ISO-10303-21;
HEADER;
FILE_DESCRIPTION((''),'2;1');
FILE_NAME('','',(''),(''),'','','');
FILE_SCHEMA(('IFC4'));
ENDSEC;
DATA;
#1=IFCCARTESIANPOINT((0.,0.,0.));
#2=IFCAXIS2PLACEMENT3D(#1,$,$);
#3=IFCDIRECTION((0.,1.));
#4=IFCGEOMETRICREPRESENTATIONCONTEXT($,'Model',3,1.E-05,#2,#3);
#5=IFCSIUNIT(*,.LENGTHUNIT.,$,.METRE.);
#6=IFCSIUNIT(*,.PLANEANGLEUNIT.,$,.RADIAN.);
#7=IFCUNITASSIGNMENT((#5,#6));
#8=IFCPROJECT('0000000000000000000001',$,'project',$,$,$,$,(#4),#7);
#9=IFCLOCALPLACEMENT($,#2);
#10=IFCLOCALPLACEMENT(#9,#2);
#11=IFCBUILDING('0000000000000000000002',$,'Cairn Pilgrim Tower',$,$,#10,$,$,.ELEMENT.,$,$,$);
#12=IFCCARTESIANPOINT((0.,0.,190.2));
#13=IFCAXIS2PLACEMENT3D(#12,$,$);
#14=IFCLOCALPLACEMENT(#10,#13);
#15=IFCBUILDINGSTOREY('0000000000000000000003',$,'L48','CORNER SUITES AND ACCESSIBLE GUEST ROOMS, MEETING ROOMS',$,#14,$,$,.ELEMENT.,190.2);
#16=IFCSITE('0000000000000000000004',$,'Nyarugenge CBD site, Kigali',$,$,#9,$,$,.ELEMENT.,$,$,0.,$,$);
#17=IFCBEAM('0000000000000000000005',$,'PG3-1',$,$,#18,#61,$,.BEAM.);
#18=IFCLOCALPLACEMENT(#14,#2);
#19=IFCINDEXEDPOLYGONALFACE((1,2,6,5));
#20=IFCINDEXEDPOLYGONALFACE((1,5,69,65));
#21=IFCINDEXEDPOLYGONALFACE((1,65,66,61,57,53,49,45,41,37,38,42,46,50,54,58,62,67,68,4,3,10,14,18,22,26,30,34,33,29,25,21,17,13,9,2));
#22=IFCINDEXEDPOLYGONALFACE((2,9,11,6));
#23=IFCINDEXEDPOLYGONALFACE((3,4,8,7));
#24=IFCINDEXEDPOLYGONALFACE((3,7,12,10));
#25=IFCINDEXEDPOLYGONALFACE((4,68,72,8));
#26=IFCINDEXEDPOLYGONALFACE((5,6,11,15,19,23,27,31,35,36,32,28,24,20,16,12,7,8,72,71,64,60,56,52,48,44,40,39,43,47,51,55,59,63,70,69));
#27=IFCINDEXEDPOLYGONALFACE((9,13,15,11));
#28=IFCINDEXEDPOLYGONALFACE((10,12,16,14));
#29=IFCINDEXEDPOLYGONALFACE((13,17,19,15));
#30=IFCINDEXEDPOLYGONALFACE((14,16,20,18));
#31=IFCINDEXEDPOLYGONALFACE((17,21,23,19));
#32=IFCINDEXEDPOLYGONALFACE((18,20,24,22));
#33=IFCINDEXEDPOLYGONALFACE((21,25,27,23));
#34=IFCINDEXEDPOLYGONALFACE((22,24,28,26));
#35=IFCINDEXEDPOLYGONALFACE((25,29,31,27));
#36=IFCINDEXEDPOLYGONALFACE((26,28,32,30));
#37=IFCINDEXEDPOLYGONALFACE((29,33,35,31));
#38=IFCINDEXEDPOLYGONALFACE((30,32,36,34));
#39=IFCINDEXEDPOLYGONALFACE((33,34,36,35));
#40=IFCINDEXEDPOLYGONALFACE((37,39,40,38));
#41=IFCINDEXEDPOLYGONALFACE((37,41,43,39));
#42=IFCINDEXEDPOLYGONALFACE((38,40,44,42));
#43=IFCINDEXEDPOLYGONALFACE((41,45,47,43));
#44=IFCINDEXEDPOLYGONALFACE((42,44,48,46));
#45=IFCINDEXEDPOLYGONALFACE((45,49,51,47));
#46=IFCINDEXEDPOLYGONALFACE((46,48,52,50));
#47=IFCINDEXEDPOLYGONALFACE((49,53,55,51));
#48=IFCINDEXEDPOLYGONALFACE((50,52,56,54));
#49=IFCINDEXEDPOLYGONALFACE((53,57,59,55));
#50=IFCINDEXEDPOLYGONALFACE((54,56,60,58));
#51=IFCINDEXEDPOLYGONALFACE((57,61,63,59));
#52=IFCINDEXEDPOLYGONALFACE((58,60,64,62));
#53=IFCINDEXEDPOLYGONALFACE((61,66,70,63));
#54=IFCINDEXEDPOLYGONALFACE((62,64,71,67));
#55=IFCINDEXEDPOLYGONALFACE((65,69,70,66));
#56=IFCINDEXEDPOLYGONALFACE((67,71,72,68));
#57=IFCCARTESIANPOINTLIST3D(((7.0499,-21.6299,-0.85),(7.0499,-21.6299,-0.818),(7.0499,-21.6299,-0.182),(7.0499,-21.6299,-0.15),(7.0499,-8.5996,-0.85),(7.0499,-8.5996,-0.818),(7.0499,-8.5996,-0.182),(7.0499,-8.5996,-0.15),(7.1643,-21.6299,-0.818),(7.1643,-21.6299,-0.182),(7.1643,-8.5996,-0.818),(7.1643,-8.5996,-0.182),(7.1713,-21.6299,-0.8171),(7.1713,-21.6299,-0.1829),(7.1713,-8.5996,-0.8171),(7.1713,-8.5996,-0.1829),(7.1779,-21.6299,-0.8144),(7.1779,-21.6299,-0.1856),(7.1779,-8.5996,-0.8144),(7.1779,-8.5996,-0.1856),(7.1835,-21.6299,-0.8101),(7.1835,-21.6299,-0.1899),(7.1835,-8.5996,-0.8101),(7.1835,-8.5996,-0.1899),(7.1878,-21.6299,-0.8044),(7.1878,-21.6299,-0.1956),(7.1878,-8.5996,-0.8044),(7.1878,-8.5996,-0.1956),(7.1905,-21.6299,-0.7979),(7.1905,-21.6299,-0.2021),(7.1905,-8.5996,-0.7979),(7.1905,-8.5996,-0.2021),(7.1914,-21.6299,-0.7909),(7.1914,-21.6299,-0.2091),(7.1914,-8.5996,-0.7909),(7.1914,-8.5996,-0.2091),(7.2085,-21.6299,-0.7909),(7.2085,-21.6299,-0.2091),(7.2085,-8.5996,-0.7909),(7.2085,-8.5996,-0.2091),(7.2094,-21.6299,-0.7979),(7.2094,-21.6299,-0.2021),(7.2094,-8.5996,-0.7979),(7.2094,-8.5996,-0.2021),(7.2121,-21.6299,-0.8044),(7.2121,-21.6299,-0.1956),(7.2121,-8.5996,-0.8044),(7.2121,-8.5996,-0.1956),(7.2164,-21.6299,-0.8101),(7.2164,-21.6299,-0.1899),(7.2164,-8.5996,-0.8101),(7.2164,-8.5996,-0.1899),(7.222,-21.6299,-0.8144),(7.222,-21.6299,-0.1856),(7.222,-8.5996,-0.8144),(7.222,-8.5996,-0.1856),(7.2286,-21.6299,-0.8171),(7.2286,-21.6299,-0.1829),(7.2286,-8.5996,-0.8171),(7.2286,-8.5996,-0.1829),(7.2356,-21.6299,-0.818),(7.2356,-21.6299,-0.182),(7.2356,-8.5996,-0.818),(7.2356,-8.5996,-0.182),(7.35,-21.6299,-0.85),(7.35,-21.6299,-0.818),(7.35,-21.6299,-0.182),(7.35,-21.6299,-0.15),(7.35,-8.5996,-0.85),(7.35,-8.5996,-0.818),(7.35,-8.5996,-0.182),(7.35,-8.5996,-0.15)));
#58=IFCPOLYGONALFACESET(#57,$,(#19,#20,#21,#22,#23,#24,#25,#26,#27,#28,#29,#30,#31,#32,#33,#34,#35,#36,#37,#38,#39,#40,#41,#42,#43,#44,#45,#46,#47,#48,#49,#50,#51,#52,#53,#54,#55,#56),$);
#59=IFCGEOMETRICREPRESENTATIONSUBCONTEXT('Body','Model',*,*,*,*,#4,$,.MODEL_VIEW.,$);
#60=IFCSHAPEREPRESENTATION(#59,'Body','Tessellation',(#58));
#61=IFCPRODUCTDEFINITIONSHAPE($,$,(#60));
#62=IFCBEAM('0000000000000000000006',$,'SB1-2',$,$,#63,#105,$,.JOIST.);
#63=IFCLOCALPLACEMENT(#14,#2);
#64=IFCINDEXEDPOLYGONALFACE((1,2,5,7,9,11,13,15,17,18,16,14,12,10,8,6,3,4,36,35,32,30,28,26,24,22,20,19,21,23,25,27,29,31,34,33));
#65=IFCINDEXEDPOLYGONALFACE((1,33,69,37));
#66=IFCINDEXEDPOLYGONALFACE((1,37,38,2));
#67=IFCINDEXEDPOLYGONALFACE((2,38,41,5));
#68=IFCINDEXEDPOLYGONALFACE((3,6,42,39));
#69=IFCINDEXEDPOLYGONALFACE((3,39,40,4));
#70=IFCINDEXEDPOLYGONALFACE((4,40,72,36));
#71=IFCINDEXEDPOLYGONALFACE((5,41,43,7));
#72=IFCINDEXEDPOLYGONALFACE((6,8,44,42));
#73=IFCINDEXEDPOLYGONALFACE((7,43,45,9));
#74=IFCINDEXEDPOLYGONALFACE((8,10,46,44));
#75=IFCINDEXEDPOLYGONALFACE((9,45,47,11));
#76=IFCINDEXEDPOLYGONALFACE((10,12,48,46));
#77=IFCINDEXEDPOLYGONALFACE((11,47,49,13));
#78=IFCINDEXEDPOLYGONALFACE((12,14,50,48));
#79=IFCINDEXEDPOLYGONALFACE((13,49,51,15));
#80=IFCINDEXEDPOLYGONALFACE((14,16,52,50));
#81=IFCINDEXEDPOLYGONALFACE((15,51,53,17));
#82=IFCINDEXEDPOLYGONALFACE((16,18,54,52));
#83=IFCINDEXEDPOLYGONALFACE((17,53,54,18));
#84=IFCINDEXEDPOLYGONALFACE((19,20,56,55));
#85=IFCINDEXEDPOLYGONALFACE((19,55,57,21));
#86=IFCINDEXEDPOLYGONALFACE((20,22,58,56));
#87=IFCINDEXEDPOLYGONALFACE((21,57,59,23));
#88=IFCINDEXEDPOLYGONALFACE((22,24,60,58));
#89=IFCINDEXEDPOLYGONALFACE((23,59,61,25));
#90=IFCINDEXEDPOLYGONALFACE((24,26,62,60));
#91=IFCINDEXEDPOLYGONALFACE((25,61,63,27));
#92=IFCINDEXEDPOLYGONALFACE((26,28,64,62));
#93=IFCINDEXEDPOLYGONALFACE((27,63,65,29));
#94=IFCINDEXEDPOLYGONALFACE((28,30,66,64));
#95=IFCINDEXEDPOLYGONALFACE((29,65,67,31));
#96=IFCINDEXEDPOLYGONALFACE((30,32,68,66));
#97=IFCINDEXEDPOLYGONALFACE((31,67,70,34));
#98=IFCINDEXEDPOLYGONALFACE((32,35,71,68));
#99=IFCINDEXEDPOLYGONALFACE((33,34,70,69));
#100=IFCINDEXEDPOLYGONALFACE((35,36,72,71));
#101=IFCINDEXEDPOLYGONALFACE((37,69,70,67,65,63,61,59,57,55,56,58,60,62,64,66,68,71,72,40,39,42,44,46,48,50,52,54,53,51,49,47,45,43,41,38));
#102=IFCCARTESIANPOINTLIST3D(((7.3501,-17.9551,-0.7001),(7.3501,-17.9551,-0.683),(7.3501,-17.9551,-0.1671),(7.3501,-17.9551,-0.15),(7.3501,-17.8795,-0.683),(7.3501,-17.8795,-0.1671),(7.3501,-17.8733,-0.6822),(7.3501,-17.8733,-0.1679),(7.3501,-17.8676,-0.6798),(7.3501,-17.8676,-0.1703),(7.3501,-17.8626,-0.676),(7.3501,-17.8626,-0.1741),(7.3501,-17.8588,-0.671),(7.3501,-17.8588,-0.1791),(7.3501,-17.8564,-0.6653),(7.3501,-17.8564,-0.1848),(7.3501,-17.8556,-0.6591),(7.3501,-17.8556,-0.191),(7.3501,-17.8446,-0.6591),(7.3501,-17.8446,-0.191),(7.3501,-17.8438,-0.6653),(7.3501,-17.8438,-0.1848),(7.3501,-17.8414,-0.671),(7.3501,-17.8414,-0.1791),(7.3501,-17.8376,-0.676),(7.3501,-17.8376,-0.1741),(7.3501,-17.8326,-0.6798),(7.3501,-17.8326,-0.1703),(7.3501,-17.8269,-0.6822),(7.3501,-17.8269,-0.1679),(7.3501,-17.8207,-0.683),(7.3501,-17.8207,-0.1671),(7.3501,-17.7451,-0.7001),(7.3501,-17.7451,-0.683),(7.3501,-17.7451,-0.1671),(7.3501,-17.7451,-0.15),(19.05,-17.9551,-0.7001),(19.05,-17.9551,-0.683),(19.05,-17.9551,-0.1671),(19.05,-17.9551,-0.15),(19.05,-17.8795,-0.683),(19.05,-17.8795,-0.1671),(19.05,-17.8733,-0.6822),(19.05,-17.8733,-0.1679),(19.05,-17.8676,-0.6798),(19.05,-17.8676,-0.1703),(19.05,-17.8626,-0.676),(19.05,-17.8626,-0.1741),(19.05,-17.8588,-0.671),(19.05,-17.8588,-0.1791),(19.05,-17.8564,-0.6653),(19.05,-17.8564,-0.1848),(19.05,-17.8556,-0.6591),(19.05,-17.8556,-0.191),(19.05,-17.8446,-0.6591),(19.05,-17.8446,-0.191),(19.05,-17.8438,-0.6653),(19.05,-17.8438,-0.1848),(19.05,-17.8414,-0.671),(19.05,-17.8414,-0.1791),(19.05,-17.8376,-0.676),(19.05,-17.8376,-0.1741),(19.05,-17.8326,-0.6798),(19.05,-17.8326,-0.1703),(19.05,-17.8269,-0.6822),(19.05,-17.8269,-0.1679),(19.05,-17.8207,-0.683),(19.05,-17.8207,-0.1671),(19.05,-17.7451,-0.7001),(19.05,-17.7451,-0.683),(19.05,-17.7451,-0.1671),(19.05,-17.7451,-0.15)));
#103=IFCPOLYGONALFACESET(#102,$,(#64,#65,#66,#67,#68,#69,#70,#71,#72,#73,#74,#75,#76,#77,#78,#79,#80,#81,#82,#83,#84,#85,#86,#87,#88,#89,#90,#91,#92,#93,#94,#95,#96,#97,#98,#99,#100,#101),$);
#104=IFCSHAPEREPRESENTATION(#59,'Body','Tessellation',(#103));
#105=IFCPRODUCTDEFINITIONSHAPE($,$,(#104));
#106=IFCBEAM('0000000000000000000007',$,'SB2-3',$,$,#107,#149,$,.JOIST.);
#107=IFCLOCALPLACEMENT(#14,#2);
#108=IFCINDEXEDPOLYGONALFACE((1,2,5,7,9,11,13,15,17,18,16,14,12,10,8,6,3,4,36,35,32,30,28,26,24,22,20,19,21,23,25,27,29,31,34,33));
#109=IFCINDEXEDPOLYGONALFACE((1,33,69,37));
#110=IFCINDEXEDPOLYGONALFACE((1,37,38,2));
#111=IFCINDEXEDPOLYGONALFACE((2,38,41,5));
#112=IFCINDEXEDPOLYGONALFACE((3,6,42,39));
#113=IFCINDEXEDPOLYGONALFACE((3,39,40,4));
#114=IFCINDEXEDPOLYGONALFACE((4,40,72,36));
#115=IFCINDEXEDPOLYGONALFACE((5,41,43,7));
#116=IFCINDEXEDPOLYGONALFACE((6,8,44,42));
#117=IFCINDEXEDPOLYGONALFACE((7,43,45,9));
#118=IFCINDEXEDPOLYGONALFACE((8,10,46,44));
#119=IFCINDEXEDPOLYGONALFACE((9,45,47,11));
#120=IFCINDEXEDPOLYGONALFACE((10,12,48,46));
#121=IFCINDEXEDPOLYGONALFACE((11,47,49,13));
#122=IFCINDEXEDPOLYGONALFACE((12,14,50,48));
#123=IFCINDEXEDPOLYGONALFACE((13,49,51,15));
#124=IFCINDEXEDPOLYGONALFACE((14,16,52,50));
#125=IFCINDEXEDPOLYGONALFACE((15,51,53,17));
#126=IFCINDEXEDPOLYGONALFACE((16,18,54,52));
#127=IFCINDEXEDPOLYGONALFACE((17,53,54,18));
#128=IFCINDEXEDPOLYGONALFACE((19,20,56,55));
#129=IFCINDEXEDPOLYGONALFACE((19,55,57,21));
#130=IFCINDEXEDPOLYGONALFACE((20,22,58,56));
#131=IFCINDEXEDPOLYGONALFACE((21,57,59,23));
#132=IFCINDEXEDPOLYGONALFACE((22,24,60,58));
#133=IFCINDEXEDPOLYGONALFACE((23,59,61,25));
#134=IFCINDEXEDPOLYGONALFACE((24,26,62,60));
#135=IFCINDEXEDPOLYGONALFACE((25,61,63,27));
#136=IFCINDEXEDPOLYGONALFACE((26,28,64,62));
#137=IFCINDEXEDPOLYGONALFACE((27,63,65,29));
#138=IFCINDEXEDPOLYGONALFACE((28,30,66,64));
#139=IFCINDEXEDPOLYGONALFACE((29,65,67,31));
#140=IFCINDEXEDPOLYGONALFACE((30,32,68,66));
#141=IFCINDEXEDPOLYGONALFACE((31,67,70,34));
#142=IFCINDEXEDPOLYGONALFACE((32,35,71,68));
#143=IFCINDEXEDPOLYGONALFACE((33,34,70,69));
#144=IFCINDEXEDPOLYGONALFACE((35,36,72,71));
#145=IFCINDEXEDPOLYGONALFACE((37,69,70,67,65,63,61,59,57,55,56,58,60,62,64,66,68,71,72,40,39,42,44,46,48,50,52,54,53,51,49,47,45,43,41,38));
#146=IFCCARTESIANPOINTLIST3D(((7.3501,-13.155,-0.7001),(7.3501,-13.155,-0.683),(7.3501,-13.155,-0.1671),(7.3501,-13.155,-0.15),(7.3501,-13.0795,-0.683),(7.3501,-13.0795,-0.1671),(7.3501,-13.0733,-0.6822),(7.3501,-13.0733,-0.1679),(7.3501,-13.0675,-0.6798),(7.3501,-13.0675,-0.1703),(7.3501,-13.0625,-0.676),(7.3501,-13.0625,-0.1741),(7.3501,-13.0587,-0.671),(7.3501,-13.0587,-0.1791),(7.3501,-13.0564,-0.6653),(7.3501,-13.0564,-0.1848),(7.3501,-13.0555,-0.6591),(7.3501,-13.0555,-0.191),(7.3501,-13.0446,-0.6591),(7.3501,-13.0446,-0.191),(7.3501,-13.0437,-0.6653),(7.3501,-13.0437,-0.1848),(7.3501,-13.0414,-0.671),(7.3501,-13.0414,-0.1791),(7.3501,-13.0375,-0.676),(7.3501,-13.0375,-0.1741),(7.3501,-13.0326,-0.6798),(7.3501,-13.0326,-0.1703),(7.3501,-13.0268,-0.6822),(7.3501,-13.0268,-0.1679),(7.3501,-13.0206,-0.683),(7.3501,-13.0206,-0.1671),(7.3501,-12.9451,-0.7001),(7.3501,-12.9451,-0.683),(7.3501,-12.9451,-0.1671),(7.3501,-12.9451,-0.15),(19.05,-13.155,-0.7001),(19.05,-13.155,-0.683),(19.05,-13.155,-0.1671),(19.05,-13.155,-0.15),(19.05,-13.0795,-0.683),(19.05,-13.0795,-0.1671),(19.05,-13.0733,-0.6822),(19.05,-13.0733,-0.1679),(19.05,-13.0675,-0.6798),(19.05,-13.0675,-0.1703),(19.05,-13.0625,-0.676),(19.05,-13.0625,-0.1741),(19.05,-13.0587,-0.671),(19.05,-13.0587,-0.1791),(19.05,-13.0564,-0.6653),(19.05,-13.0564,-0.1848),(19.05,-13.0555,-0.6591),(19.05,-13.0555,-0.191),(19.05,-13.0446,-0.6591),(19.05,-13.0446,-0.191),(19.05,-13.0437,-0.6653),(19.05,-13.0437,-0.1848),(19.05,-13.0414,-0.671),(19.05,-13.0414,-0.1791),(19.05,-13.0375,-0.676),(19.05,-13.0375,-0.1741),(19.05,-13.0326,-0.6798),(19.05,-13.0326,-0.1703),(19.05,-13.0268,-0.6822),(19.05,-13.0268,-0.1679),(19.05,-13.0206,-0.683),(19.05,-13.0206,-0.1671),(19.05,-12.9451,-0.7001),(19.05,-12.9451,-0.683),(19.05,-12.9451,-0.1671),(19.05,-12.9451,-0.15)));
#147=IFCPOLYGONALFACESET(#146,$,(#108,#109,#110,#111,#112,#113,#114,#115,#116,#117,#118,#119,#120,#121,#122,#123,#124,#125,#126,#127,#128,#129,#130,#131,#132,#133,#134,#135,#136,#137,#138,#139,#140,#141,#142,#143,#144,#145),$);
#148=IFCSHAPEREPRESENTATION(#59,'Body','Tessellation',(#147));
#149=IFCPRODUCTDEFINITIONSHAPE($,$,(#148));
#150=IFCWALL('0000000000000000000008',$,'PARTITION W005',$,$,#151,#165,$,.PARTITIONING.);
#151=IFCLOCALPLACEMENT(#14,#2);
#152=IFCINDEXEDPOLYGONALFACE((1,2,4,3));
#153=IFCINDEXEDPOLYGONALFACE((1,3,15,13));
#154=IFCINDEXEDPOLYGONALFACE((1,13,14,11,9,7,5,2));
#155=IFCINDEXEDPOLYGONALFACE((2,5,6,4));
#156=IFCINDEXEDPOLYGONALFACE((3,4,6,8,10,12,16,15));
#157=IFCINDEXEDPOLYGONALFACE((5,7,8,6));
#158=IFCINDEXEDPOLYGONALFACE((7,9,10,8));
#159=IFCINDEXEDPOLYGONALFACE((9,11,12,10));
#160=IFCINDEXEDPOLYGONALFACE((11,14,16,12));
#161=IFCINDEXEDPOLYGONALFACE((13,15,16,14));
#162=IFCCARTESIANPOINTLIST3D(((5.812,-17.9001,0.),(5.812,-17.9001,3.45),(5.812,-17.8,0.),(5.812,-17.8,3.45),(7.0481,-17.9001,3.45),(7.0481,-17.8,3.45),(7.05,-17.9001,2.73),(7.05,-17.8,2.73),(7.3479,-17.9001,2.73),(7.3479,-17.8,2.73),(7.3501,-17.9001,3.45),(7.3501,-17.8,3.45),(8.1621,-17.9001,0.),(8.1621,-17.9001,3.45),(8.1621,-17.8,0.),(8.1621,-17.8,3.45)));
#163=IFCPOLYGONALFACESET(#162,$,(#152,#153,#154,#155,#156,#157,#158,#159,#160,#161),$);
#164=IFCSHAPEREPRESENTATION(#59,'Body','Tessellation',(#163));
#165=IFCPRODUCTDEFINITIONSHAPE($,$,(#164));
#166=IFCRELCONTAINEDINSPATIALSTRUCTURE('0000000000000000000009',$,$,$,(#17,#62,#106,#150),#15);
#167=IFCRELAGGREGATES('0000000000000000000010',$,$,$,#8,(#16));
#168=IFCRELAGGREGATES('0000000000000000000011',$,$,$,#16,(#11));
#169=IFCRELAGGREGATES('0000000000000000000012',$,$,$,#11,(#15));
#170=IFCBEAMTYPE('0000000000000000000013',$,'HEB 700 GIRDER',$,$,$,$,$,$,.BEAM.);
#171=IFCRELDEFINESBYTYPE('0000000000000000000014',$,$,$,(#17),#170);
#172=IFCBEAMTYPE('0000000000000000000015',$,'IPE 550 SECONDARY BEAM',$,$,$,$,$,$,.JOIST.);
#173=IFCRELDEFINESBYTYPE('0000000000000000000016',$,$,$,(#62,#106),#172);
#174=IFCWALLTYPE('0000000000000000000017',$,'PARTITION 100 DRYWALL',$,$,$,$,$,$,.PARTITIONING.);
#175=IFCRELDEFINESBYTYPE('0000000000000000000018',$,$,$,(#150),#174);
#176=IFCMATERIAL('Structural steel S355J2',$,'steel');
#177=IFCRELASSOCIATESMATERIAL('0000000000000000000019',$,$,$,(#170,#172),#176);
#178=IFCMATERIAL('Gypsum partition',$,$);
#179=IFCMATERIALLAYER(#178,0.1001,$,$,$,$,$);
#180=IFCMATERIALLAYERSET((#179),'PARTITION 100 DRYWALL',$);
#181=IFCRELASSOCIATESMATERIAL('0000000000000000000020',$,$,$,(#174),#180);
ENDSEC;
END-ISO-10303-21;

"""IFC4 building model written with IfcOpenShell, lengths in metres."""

from ifc_helpers import new_model, si_unit, direction, frame, origin, origin_2d, place, context, subcontext, project, spatial, polyline, i_section, outline, extrude, material, layer, layer_set, material_profile, profile_set, type_object, element, save


model = new_model("IFC4")

# Units and contexts
model_context = context("Model", 3, precision=1e-05, world=origin(), true_north=direction((0.0, 1.0)))
body_context = subcontext(model_context, "Body", "Model", "MODEL_VIEW")
ifc_project = project(units=[si_unit("LENGTHUNIT", "METRE"), si_unit("PLANEANGLEUNIT", "RADIAN")], contexts=[model_context])

# Site, building, storey
site_placement = place(None, origin())
site = spatial("IfcSite", under=ifc_project, at=site_placement, Name="Nyarugenge CBD site, Kigali", CompositionType="ELEMENT", RefElevation=0.0)
building_placement = place(site_placement, origin())
building = spatial("IfcBuilding", under=site, at=building_placement, Name="Cairn Pilgrim Tower", CompositionType="ELEMENT")
storey_placement = place(building_placement, frame((0.0, 0.0, 190.2)))
storey = spatial("IfcBuildingStorey", under=building, at=storey_placement, Name="L48", Description="CORNER SUITES AND ACCESSIBLE GUEST ROOMS, MEETING ROOMS", CompositionType="ELEMENT", Elevation=190.2)

# Beams
ifc_material_1 = material(Name="Structural steel S355J2", Category="steel")
ifc_material_profile_1 = material_profile(ifc_material_1, i_section(OverallWidth=0.3, OverallDepth=0.7, WebThickness=0.0171, FlangeThickness=0.032, FilletRadius=0.0271, at=origin_2d()), Name="HEB 700")
ifc_profile_set_1 = profile_set([ifc_material_profile_1], Name="Structural steel S355J2")
beam_type_1 = type_object("IfcBeamType", Name="HEB 700 GIRDER", PredefinedType="BEAM", material=ifc_profile_set_1)
beam_placement = place(storey_placement, frame((7.2, -21.6299, -0.5), z_axis=(0.0, 1.0, 0.0), x_axis=(-1.0, 0.0, 0.0)))
element("IfcBeam", 1, at=beam_placement, inside=storey, type_object=beam_type_1, Name="PG3-1", PredefinedType="BEAM", context=body_context, shape_type="SweptSolid", body=[
    extrude(i_section(OverallWidth=0.3, OverallDepth=0.7, WebThickness=0.0171, FlangeThickness=0.032, FilletRadius=0.0271, at=origin_2d()), origin(), (0.0, 0.0, 1.0), 13.0303),
])
ifc_material_profile_2 = material_profile(ifc_material_1, i_section(OverallWidth=0.21, OverallDepth=0.55, WebThickness=0.011, FlangeThickness=0.0171, FilletRadius=0.0239, at=origin_2d()), Name="IPE 550")
ifc_profile_set_2 = profile_set([ifc_material_profile_2], Name="Structural steel S355J2")
beam_type_2 = type_object("IfcBeamType", Name="IPE 550 SECONDARY BEAM", PredefinedType="JOIST", material=ifc_profile_set_2)
for number, where, z_axis, x_axis, name in (
    (2, (7.3501, -17.8501, -0.425), (1.0, 0.0, 0.0), (0.0, 1.0, 0.0), "SB1-2"),
    (3, (7.3501, -13.05, -0.425), (1.0, 0.0, 0.0), (0.0, 1.0, 0.0), "SB2-3"),
):
    element("IfcBeam", number, at=place(storey_placement, frame(where, z_axis=z_axis, x_axis=x_axis)), inside=storey, type_object=beam_type_2, Name=name, PredefinedType="JOIST", context=body_context, shape_type="SweptSolid", body=[
        extrude(i_section(OverallWidth=0.21, OverallDepth=0.55, WebThickness=0.011, FlangeThickness=0.0171, FilletRadius=0.0239, at=origin_2d()), origin(), (0.0, 0.0, 1.0), 11.7),
    ])

# Wall
ifc_material_2 = material(Name="Gypsum partition")
ifc_layer_1 = layer(ifc_material_2, 0.1001)
ifc_layer_set_1 = layer_set([ifc_layer_1], Name="PARTITION 100 DRYWALL")
wall_type_1 = type_object("IfcWallType", Name="PARTITION 100 DRYWALL", PredefinedType="PARTITIONING", material=ifc_layer_set_1)
wall_1_placement = place(storey_placement, frame((5.812, -17.8501, 0.0), z_axis=(0.0, 0.0, 1.0), x_axis=(1.0, 0.0, 0.0)))
element("IfcWall", 4, at=wall_1_placement, inside=storey, type_object=wall_type_1, Name="PARTITION W005", PredefinedType="PARTITIONING", context=body_context, shape_type="SweptSolid", body=[
    extrude(outline(polyline([(0.0, 0.0), (2.3501, 0.0), (2.3501, 3.45), (1.5381, 3.45), (1.5359, 2.73), (1.238, 2.73), (1.2361, 3.45), (0.0, 3.45), (0.0, 0.0)])), frame((0.0, 0.05, 0.0), z_axis=(0.0, -1.0, 0.0), x_axis=(1.0, 0.0, 0.0)), (0.0, 0.0, 1.0), 0.1001),
])

save(model, "model.ifc")
